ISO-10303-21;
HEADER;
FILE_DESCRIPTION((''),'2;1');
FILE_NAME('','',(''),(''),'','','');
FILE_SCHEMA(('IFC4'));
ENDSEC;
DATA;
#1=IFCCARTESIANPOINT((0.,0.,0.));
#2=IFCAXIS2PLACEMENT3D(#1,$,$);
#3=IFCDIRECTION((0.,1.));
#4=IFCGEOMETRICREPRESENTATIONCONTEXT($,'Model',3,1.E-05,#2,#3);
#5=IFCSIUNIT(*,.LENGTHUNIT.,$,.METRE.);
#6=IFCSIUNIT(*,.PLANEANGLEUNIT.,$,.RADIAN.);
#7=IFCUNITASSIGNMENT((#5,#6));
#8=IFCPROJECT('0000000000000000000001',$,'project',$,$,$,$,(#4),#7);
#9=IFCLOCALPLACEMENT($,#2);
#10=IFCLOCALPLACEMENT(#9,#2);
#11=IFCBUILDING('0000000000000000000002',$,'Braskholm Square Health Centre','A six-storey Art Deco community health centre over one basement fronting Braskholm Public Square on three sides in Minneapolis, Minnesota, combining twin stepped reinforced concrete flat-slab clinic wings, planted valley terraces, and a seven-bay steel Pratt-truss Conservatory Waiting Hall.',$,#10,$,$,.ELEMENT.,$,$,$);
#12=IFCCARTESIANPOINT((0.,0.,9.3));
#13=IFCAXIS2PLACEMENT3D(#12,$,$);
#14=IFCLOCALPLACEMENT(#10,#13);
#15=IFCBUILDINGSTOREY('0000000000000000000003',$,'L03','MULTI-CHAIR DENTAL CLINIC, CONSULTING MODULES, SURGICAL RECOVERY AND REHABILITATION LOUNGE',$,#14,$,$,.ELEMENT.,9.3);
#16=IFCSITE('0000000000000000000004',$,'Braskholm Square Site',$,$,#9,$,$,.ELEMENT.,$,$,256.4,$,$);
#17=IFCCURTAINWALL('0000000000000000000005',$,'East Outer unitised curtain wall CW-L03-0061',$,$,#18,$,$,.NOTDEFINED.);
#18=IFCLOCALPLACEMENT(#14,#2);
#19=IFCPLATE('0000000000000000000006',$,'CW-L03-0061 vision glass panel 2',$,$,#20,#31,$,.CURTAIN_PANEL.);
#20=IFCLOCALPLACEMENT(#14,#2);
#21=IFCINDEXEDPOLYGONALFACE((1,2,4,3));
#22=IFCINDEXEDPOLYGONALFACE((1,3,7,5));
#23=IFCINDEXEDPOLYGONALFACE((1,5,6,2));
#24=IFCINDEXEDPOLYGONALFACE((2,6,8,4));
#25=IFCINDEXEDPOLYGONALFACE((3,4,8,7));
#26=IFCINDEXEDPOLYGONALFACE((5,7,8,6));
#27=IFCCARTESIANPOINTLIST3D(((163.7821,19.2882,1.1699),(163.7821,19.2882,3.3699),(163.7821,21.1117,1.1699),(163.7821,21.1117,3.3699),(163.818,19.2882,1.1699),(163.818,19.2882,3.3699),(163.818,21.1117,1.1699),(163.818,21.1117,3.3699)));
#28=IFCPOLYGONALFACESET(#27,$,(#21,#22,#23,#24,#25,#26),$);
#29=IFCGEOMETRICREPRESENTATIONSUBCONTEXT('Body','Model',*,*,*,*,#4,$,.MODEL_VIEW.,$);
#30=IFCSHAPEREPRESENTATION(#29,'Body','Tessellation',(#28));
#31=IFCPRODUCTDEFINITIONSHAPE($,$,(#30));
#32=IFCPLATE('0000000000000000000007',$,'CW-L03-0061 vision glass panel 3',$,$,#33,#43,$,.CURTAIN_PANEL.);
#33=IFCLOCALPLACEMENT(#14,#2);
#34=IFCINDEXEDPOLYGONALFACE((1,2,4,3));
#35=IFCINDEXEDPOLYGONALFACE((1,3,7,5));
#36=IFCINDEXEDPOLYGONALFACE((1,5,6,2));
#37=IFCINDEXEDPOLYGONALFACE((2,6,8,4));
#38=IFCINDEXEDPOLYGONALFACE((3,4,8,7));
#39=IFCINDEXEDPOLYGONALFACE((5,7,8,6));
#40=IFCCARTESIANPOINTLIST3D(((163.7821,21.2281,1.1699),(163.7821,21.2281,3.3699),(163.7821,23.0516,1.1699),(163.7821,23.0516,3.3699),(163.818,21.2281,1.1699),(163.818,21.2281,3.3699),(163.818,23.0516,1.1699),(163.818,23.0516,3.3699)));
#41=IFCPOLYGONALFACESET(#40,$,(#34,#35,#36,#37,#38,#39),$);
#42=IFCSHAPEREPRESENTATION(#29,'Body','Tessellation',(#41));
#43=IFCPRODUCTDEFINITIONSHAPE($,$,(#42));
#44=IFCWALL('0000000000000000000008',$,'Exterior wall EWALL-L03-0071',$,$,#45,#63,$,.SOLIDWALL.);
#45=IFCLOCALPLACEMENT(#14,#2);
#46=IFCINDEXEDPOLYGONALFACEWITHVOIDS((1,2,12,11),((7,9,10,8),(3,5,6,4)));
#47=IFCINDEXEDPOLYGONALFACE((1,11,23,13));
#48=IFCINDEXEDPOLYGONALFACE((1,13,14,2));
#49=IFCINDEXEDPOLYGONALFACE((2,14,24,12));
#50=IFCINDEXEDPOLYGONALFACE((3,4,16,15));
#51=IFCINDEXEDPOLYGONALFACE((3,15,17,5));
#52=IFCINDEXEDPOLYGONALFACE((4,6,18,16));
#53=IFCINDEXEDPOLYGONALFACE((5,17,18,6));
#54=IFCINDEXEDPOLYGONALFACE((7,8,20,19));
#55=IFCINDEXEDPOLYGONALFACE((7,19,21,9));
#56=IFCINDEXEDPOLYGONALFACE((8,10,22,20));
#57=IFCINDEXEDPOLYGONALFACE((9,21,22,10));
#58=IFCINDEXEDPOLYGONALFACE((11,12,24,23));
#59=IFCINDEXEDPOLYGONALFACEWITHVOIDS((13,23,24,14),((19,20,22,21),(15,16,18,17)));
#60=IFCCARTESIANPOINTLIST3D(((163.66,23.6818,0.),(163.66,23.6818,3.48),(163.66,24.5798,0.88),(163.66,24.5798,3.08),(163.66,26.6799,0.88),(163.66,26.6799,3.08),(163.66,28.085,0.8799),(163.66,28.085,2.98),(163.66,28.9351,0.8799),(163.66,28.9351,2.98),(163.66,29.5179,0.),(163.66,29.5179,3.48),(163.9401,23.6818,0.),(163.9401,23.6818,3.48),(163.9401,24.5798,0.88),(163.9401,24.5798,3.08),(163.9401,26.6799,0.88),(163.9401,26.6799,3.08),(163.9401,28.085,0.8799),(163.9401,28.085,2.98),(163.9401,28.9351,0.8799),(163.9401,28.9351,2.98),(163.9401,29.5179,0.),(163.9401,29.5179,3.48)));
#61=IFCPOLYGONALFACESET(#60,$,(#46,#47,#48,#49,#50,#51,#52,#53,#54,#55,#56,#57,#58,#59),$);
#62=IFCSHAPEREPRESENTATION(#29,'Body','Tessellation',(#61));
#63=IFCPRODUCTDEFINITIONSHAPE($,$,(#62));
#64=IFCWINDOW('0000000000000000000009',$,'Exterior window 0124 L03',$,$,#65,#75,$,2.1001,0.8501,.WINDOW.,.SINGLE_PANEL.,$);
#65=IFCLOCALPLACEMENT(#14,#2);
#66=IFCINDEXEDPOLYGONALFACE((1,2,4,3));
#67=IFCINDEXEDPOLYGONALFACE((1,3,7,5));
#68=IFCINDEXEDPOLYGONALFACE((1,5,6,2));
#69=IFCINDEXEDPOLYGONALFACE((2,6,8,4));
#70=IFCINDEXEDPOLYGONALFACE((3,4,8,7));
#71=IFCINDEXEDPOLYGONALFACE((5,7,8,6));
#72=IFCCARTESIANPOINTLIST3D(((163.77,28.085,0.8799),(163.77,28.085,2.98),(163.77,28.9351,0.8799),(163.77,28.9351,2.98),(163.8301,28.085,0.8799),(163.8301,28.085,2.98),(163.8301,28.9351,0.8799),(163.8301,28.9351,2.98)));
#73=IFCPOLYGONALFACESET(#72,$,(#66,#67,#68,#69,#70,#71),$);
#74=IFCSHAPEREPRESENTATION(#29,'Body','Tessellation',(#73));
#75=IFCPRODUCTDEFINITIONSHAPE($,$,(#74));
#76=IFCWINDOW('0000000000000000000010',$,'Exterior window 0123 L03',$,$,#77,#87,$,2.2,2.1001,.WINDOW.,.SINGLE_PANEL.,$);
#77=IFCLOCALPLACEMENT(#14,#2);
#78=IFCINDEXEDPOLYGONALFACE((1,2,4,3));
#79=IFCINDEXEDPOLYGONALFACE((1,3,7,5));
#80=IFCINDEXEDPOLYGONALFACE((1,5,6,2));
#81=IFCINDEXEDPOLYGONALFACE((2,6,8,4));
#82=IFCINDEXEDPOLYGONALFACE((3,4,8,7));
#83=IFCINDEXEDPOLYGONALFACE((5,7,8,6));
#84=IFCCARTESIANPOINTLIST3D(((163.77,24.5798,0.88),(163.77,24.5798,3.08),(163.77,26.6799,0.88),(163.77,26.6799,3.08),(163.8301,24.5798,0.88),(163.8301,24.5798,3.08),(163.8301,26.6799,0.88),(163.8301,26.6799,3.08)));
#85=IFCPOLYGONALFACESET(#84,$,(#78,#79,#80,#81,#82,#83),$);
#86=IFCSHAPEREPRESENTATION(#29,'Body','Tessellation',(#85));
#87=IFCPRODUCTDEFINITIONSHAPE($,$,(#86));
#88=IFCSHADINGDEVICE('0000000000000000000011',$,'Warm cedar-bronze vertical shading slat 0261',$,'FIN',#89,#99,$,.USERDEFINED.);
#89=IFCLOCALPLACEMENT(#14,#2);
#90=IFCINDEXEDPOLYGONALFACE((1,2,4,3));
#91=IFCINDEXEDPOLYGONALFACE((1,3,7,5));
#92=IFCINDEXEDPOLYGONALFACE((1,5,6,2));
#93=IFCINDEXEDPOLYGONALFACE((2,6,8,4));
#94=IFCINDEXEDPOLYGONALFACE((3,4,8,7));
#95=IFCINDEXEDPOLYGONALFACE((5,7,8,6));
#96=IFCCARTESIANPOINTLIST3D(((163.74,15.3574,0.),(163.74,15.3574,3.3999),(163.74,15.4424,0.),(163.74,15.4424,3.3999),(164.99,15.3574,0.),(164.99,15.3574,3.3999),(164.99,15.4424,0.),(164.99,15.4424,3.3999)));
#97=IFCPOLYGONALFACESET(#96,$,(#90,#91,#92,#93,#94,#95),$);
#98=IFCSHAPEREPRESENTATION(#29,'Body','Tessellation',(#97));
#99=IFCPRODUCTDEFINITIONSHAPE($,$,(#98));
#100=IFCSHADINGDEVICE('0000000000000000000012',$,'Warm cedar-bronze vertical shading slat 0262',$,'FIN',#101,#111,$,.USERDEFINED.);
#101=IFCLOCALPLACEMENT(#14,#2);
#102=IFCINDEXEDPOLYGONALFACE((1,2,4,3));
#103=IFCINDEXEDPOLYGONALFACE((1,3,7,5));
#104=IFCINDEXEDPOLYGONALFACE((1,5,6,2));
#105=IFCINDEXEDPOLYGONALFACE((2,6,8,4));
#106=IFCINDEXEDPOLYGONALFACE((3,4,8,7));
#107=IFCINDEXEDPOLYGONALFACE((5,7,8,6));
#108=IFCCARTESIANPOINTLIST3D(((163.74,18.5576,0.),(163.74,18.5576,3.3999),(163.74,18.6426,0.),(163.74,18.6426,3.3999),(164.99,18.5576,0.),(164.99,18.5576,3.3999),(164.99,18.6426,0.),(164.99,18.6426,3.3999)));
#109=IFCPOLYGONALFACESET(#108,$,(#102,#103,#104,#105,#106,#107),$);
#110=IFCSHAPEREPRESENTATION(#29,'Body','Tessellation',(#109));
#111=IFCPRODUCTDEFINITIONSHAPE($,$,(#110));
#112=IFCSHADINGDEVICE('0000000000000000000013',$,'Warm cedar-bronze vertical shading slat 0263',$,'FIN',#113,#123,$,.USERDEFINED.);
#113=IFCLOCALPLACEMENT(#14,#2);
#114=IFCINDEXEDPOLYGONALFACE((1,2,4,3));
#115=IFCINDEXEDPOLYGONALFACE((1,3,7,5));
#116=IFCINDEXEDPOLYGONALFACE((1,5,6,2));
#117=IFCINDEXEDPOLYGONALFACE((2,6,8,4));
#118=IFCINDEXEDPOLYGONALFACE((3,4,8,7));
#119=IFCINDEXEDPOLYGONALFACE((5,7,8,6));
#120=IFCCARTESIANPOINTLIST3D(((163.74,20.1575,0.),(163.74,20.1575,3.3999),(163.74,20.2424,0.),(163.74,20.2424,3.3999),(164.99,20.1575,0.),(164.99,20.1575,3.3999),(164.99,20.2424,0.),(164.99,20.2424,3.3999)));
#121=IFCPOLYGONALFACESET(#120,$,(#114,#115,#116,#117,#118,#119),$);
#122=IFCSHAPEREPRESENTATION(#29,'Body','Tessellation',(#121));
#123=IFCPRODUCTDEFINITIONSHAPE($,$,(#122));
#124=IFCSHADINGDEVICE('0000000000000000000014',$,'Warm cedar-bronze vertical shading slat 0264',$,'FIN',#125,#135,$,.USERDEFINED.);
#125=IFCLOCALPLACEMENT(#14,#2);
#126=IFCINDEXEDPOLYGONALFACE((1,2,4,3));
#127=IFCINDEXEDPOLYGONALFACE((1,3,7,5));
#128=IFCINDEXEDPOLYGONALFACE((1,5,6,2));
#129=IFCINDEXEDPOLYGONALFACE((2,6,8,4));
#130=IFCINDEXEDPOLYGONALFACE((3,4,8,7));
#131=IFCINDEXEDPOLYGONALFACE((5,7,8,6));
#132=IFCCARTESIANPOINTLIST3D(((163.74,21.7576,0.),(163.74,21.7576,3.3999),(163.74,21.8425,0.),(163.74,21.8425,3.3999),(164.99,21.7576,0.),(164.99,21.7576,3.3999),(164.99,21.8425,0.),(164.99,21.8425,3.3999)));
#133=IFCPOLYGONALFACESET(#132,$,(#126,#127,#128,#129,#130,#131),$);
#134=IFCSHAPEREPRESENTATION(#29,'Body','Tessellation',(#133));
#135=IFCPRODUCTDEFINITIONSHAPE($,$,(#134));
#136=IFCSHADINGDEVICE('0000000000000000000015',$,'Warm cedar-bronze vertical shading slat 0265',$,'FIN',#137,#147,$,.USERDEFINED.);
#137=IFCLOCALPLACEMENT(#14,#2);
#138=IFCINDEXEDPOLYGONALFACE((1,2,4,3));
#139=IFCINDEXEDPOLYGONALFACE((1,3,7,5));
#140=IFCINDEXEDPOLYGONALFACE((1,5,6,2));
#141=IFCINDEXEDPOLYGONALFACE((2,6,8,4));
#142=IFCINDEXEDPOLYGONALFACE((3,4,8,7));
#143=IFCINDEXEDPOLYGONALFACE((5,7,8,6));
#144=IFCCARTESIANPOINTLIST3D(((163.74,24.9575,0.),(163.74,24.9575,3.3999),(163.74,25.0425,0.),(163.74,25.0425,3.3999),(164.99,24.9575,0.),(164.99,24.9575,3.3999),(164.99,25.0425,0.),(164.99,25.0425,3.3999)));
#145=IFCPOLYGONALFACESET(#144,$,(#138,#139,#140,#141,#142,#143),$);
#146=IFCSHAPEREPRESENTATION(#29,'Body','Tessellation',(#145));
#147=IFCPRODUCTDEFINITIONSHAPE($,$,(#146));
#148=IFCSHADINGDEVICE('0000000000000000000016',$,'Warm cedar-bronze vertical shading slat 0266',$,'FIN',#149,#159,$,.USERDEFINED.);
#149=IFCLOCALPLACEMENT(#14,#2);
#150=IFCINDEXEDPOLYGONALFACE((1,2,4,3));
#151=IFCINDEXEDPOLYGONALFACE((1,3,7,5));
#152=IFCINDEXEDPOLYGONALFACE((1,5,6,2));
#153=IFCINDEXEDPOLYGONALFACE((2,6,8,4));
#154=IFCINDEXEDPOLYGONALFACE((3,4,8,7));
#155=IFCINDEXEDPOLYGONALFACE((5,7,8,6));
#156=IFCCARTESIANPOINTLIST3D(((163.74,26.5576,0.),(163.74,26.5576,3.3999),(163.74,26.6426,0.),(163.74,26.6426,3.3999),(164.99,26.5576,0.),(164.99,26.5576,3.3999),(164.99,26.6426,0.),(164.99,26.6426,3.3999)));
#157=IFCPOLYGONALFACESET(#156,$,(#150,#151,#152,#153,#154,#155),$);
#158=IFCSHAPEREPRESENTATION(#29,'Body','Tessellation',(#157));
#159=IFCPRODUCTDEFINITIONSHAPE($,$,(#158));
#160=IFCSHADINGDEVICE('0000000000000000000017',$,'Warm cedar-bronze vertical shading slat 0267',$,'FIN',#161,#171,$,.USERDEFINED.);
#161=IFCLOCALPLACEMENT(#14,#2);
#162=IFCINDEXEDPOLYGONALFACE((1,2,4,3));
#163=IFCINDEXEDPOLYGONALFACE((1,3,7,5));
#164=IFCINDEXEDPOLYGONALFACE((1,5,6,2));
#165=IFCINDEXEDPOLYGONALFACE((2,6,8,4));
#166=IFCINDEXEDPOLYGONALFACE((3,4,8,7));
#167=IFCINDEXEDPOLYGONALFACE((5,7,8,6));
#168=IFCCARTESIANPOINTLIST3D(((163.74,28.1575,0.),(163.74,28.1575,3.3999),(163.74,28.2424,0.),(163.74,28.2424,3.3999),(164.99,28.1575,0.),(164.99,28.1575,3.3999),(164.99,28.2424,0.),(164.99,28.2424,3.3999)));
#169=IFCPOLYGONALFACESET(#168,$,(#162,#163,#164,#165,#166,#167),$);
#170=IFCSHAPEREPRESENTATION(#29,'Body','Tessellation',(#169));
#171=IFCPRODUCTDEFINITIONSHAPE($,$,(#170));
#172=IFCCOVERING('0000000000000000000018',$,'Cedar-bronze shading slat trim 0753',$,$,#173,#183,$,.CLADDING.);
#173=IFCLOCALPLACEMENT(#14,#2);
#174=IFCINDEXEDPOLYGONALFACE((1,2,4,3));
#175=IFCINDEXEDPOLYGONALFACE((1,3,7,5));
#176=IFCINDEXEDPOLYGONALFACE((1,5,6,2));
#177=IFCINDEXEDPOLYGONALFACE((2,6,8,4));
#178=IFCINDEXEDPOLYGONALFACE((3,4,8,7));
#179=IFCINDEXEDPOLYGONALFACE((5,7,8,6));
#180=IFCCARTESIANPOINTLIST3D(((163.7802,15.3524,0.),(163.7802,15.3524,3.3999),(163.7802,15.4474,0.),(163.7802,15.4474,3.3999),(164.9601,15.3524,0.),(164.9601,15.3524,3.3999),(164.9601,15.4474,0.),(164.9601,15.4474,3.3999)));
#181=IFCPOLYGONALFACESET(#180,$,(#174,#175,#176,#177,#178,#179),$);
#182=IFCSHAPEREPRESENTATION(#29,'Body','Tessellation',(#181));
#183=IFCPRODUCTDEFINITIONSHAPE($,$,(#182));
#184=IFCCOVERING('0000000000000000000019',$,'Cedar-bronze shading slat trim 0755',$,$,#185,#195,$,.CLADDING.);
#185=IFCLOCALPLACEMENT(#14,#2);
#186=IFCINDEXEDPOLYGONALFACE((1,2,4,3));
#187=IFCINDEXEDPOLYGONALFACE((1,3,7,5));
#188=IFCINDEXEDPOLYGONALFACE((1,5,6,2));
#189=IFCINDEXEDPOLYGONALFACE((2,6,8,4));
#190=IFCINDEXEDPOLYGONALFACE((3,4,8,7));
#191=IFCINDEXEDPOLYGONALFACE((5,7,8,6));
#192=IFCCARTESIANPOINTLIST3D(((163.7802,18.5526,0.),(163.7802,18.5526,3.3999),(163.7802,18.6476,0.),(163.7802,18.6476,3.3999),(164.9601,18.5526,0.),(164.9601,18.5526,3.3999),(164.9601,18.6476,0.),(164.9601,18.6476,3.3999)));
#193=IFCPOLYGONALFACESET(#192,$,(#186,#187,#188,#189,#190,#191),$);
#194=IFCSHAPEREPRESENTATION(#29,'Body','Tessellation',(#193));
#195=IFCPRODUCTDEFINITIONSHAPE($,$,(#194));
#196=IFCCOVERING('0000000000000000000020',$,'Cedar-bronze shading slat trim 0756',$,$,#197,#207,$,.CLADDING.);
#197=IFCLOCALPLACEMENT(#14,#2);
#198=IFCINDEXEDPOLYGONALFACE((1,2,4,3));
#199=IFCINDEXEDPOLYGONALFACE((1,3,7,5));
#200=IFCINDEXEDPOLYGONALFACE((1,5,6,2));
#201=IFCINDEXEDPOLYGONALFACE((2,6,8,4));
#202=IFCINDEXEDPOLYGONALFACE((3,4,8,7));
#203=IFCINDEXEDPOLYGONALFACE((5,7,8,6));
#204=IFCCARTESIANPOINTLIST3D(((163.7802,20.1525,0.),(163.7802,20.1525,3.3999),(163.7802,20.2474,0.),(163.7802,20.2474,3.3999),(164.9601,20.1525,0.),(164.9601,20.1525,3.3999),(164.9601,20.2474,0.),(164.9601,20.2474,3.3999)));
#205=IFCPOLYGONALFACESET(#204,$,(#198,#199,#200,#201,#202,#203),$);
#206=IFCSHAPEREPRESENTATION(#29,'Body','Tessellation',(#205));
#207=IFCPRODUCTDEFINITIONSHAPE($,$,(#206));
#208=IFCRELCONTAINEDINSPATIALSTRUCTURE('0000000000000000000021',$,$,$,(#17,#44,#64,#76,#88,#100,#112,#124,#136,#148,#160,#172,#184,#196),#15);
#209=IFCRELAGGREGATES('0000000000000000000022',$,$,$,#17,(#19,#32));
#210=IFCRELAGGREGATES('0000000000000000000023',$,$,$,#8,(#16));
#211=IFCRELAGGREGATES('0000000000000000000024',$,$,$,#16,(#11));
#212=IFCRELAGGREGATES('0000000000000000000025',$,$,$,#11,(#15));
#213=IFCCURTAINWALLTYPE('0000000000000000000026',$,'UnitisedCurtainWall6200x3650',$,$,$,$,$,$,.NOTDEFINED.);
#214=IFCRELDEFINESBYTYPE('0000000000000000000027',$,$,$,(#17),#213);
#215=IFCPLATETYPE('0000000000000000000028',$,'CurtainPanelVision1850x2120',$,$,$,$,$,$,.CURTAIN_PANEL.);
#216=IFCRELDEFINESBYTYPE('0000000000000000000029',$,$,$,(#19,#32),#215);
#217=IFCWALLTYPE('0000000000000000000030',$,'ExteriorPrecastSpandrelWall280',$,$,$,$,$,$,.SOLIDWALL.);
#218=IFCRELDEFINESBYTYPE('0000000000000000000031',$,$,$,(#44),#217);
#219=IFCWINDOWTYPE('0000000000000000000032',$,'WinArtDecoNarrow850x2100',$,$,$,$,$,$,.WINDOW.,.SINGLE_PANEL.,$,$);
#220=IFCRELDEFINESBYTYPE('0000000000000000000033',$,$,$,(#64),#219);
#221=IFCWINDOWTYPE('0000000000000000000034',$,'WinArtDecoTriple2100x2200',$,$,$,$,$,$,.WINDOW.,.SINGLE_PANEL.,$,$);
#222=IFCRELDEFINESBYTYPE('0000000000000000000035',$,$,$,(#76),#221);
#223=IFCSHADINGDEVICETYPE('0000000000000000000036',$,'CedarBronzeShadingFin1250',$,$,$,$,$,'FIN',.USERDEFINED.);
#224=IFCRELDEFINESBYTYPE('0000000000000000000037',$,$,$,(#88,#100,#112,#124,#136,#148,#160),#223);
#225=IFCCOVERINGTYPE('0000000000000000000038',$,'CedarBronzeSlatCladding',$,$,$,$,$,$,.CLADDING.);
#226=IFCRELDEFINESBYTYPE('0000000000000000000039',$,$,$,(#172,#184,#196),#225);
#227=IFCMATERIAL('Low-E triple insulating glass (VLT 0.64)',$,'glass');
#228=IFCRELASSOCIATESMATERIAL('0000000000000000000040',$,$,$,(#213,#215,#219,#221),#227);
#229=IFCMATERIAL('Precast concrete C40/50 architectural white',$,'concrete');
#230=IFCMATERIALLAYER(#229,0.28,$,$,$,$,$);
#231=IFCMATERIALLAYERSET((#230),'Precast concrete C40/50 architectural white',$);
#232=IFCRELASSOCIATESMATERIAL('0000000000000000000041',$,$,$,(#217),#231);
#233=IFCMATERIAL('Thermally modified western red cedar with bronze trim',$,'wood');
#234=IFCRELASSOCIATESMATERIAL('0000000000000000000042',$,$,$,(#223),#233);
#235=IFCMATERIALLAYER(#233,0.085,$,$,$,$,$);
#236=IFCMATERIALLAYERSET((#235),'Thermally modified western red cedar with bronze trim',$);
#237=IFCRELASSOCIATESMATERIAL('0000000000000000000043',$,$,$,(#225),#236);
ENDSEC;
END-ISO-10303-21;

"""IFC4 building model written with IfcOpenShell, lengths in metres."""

from ifc_helpers import new_model, si_unit, direction, frame, frame_2d, origin, origin_with_axes, origin_2d, place, context, subcontext, project, spatial, rectangle, extrude, material, layer, layer_set, type_object, element, fill, aggregate, save


model = new_model("IFC4")

# Units and contexts
model_context = context("Model", 3, precision=1e-05, world=origin(), true_north=direction((0.0, 1.0)))
body_context = subcontext(model_context, "Body", "Model", "MODEL_VIEW")
ifc_project = project(units=[si_unit("LENGTHUNIT", "METRE"), si_unit("PLANEANGLEUNIT", "RADIAN")], contexts=[model_context])

# Site, building, storey
site_placement = place(None, origin())
site = spatial("IfcSite", under=ifc_project, at=site_placement, Name="Braskholm Square Site", CompositionType="ELEMENT", RefElevation=256.4)
building_placement = place(site_placement, origin())
building = spatial("IfcBuilding", under=site, at=building_placement, Name="Braskholm Square Health Centre", Description="A six-storey Art Deco community health centre over one basement fronting Braskholm Public Square on three sides in Minneapolis, Minnesota, combining twin stepped reinforced concrete flat-slab clinic wings, planted valley terraces, and a seven-bay steel Pratt-truss Conservatory Waiting Hall.", CompositionType="ELEMENT")
storey_placement = place(building_placement, frame((0.0, 0.0, 9.3)))
storey = spatial("IfcBuildingStorey", under=building, at=storey_placement, Name="L03", Description="MULTI-CHAIR DENTAL CLINIC, CONSULTING MODULES, SURGICAL RECOVERY AND REHABILITATION LOUNGE", CompositionType="ELEMENT", Elevation=9.3)

# Shared definitions
ifc_material_1 = material(Name="Precast concrete C40/50 architectural white", Category="concrete")

# Curtain wall
ifc_material_2 = material(Name="Low-E triple insulating glass (VLT 0.64)", Category="glass")
curtain_wall_type = type_object("IfcCurtainWallType", Name="UnitisedCurtainWall6200x3650", PredefinedType="NOTDEFINED", material=ifc_material_2)
curtain_wall_placement = place(storey_placement, origin())
curtain_wall = element("IfcCurtainWall", 1, at=curtain_wall_placement, inside=storey, type_object=curtain_wall_type, Name="East Outer unitised curtain wall CW-L03-0061", PredefinedType="NOTDEFINED")

# Plates
plate_type_1 = type_object("IfcPlateType", Name="CurtainPanelVision1850x2120", PredefinedType="CURTAIN_PANEL", material=ifc_material_2)
plate_1_placement = place(storey_placement, frame((163.8, 20.2, 1.1699), z_axis=(0.0, 0.0, 1.0), x_axis=(0.0, 1.0, 0.0)))
plate_1 = element("IfcPlate", 2, at=plate_1_placement, type_object=plate_type_1, Name="CW-L03-0061 vision glass panel 2", PredefinedType="CURTAIN_PANEL", context=body_context, shape_type="SweptSolid", body=[
    extrude(rectangle(XDim=1.8235, YDim=0.0359, at=origin_2d()), origin(), (0.0, 0.0, 1.0), 2.2),
])
plate_2_placement = place(storey_placement, frame((163.8, 22.1399, 1.1699), z_axis=(0.0, 0.0, 1.0), x_axis=(0.0, 1.0, 0.0)))
plate_2 = element("IfcPlate", 3, at=plate_2_placement, type_object=plate_type_1, Name="CW-L03-0061 vision glass panel 3", PredefinedType="CURTAIN_PANEL", context=body_context, shape_type="SweptSolid", body=[
    extrude(rectangle(XDim=1.8235, YDim=0.0359, at=origin_2d()), origin(), (0.0, 0.0, 1.0), 2.2),
])
aggregate(curtain_wall, [plate_1, plate_2])

# Wall, openings, windows
ifc_layer_1 = layer(ifc_material_1, 0.28)
ifc_layer_set_1 = layer_set([ifc_layer_1], Name="Precast concrete C40/50 architectural white")
wall_type = type_object("IfcWallType", Name="ExteriorPrecastSpandrelWall280", PredefinedType="SOLIDWALL", material=ifc_layer_set_1)
wall_placement = place(storey_placement, frame((163.8, 23.6819, 0.0), z_axis=(0.0, 0.0, 1.0), x_axis=(0.0, 1.0, 0.0)))
wall = element("IfcWall", 4, at=wall_placement, inside=storey, type_object=wall_type, Name="Exterior wall EWALL-L03-0071", PredefinedType="SOLIDWALL", context=body_context, shape_type="SweptSolid", body=[
    extrude(rectangle(XDim=5.8362, YDim=0.28, at=frame_2d((2.918, 0.0))), origin(), (0.0, 0.0, 1.0), 3.48),
])
opening_1_placement = place(wall_placement, frame((0.8979, 0.0, 0.8799)))
opening_1 = element("IfcOpeningElement", 5, at=opening_1_placement, cuts=wall, PredefinedType="OPENING", context=body_context, shape_type="SweptSolid", body=[
    extrude(rectangle(XDim=2.1001, YDim=2.2, at=frame_2d((1.05, 1.1001))), frame((0.0, 0.1499, 0.0), z_axis=(0.0, -1.0, 0.0), x_axis=(1.0, 0.0, 0.0)), (0.0, 0.0, 1.0), 0.3),
])
opening_2_placement = place(wall_placement, frame((4.4031, 0.0, 0.8799)))
opening_2 = element("IfcOpeningElement", 6, at=opening_2_placement, cuts=wall, PredefinedType="OPENING", context=body_context, shape_type="SweptSolid", body=[
    extrude(rectangle(XDim=0.8501, YDim=2.1001, at=frame_2d((0.425, 1.05))), frame((0.0, 0.1499, 0.0), z_axis=(0.0, -1.0, 0.0), x_axis=(1.0, 0.0, 0.0)), (0.0, 0.0, 1.0), 0.3),
])
window_type_1 = type_object("IfcWindowType", Name="WinArtDecoNarrow850x2100", PartitioningType="SINGLE_PANEL", PredefinedType="WINDOW", material=ifc_material_2)
window_1_placement = place(opening_2_placement, origin_with_axes())
window_1 = element("IfcWindow", 7, at=window_1_placement, inside=storey, type_object=window_type_1, Name="Exterior window 0124 L03", OverallHeight=2.1001, OverallWidth=0.8501, PartitioningType="SINGLE_PANEL", PredefinedType="WINDOW", context=body_context, shape_type="SweptSolid", body=[
    extrude(rectangle(XDim=0.8501, YDim=2.1001, at=frame_2d((0.425, 1.05))), frame((0.0, 0.03, 0.0), z_axis=(0.0, -1.0, 0.0), x_axis=(1.0, 0.0, 0.0)), (0.0, 0.0, 1.0), 0.0601),
])
fill(opening_2, window_1)
window_type_2 = type_object("IfcWindowType", Name="WinArtDecoTriple2100x2200", PartitioningType="SINGLE_PANEL", PredefinedType="WINDOW", material=ifc_material_2)
window_2_placement = place(opening_1_placement, origin_with_axes())
window_2 = element("IfcWindow", 8, at=window_2_placement, inside=storey, type_object=window_type_2, Name="Exterior window 0123 L03", OverallHeight=2.2, OverallWidth=2.1001, PartitioningType="SINGLE_PANEL", PredefinedType="WINDOW", context=body_context, shape_type="SweptSolid", body=[
    extrude(rectangle(XDim=2.1001, YDim=2.2, at=frame_2d((1.05, 1.1001))), frame((0.0, 0.03, 0.0), z_axis=(0.0, -1.0, 0.0), x_axis=(1.0, 0.0, 0.0)), (0.0, 0.0, 1.0), 0.0601),
])
fill(opening_1, window_2)

# Shading devices
ifc_material_3 = material(Name="Thermally modified western red cedar with bronze trim", Category="wood")
shading_device_type = type_object("IfcShadingDeviceType", Name="CedarBronzeShadingFin1250", ElementType="FIN", PredefinedType="USERDEFINED", material=ifc_material_3)
for number, where, z_axis, x_axis, name in (
    (9, (164.365, 15.3999, 0.0), (0.0, 0.0, 1.0), (1.0, 0.0, 0.0), "Warm cedar-bronze vertical shading slat 0261"),
    (10, (164.365, 18.6001, 0.0), (0.0, 0.0, 1.0), (1.0, 0.0, 0.0), "Warm cedar-bronze vertical shading slat 0262"),
    (11, (164.365, 20.2, 0.0), (0.0, 0.0, 1.0), (1.0, 0.0, 0.0), "Warm cedar-bronze vertical shading slat 0263"),
    (12, (164.365, 21.8, 0.0), (0.0, 0.0, 1.0), (1.0, 0.0, 0.0), "Warm cedar-bronze vertical shading slat 0264"),
    (13, (164.365, 25.0, 0.0), (0.0, 0.0, 1.0), (1.0, 0.0, 0.0), "Warm cedar-bronze vertical shading slat 0265"),
    (14, (164.365, 26.6001, 0.0), (0.0, 0.0, 1.0), (1.0, 0.0, 0.0), "Warm cedar-bronze vertical shading slat 0266"),
    (15, (164.365, 28.2, 0.0), (0.0, 0.0, 1.0), (1.0, 0.0, 0.0), "Warm cedar-bronze vertical shading slat 0267"),
):
    element("IfcShadingDevice", number, at=place(storey_placement, frame(where, z_axis=z_axis, x_axis=x_axis)), inside=storey, type_object=shading_device_type, Name=name, ObjectType="FIN", PredefinedType="USERDEFINED", context=body_context, shape_type="SweptSolid", body=[
        extrude(rectangle(XDim=1.25, YDim=0.085, at=origin_2d()), origin(), (0.0, 0.0, 1.0), 3.3999),
    ])

# Coverings
ifc_layer_2 = layer(ifc_material_3, 0.085)
ifc_layer_set_2 = layer_set([ifc_layer_2], Name="Thermally modified western red cedar with bronze trim")
covering_type_1 = type_object("IfcCoveringType", Name="CedarBronzeSlatCladding", PredefinedType="CLADDING", material=ifc_layer_set_2)
for number, where, z_axis, x_axis, name in (
    (16, (164.3701, 15.3999, 0.0), (0.0, 0.0, 1.0), (1.0, 0.0, 0.0), "Cedar-bronze shading slat trim 0753"),
    (17, (164.3701, 18.6001, 0.0), (0.0, 0.0, 1.0), (1.0, 0.0, 0.0), "Cedar-bronze shading slat trim 0755"),
    (18, (164.3701, 20.2, 0.0), (0.0, 0.0, 1.0), (1.0, 0.0, 0.0), "Cedar-bronze shading slat trim 0756"),
):
    element("IfcCovering", number, at=place(storey_placement, frame(where, z_axis=z_axis, x_axis=x_axis)), inside=storey, type_object=covering_type_1, Name=name, PredefinedType="CLADDING", context=body_context, shape_type="SweptSolid", body=[
        extrude(rectangle(XDim=1.1799, YDim=0.095, at=origin_2d()), origin(), (0.0, 0.0, 1.0), 3.3999),
    ])

save(model, "model.ifc")
